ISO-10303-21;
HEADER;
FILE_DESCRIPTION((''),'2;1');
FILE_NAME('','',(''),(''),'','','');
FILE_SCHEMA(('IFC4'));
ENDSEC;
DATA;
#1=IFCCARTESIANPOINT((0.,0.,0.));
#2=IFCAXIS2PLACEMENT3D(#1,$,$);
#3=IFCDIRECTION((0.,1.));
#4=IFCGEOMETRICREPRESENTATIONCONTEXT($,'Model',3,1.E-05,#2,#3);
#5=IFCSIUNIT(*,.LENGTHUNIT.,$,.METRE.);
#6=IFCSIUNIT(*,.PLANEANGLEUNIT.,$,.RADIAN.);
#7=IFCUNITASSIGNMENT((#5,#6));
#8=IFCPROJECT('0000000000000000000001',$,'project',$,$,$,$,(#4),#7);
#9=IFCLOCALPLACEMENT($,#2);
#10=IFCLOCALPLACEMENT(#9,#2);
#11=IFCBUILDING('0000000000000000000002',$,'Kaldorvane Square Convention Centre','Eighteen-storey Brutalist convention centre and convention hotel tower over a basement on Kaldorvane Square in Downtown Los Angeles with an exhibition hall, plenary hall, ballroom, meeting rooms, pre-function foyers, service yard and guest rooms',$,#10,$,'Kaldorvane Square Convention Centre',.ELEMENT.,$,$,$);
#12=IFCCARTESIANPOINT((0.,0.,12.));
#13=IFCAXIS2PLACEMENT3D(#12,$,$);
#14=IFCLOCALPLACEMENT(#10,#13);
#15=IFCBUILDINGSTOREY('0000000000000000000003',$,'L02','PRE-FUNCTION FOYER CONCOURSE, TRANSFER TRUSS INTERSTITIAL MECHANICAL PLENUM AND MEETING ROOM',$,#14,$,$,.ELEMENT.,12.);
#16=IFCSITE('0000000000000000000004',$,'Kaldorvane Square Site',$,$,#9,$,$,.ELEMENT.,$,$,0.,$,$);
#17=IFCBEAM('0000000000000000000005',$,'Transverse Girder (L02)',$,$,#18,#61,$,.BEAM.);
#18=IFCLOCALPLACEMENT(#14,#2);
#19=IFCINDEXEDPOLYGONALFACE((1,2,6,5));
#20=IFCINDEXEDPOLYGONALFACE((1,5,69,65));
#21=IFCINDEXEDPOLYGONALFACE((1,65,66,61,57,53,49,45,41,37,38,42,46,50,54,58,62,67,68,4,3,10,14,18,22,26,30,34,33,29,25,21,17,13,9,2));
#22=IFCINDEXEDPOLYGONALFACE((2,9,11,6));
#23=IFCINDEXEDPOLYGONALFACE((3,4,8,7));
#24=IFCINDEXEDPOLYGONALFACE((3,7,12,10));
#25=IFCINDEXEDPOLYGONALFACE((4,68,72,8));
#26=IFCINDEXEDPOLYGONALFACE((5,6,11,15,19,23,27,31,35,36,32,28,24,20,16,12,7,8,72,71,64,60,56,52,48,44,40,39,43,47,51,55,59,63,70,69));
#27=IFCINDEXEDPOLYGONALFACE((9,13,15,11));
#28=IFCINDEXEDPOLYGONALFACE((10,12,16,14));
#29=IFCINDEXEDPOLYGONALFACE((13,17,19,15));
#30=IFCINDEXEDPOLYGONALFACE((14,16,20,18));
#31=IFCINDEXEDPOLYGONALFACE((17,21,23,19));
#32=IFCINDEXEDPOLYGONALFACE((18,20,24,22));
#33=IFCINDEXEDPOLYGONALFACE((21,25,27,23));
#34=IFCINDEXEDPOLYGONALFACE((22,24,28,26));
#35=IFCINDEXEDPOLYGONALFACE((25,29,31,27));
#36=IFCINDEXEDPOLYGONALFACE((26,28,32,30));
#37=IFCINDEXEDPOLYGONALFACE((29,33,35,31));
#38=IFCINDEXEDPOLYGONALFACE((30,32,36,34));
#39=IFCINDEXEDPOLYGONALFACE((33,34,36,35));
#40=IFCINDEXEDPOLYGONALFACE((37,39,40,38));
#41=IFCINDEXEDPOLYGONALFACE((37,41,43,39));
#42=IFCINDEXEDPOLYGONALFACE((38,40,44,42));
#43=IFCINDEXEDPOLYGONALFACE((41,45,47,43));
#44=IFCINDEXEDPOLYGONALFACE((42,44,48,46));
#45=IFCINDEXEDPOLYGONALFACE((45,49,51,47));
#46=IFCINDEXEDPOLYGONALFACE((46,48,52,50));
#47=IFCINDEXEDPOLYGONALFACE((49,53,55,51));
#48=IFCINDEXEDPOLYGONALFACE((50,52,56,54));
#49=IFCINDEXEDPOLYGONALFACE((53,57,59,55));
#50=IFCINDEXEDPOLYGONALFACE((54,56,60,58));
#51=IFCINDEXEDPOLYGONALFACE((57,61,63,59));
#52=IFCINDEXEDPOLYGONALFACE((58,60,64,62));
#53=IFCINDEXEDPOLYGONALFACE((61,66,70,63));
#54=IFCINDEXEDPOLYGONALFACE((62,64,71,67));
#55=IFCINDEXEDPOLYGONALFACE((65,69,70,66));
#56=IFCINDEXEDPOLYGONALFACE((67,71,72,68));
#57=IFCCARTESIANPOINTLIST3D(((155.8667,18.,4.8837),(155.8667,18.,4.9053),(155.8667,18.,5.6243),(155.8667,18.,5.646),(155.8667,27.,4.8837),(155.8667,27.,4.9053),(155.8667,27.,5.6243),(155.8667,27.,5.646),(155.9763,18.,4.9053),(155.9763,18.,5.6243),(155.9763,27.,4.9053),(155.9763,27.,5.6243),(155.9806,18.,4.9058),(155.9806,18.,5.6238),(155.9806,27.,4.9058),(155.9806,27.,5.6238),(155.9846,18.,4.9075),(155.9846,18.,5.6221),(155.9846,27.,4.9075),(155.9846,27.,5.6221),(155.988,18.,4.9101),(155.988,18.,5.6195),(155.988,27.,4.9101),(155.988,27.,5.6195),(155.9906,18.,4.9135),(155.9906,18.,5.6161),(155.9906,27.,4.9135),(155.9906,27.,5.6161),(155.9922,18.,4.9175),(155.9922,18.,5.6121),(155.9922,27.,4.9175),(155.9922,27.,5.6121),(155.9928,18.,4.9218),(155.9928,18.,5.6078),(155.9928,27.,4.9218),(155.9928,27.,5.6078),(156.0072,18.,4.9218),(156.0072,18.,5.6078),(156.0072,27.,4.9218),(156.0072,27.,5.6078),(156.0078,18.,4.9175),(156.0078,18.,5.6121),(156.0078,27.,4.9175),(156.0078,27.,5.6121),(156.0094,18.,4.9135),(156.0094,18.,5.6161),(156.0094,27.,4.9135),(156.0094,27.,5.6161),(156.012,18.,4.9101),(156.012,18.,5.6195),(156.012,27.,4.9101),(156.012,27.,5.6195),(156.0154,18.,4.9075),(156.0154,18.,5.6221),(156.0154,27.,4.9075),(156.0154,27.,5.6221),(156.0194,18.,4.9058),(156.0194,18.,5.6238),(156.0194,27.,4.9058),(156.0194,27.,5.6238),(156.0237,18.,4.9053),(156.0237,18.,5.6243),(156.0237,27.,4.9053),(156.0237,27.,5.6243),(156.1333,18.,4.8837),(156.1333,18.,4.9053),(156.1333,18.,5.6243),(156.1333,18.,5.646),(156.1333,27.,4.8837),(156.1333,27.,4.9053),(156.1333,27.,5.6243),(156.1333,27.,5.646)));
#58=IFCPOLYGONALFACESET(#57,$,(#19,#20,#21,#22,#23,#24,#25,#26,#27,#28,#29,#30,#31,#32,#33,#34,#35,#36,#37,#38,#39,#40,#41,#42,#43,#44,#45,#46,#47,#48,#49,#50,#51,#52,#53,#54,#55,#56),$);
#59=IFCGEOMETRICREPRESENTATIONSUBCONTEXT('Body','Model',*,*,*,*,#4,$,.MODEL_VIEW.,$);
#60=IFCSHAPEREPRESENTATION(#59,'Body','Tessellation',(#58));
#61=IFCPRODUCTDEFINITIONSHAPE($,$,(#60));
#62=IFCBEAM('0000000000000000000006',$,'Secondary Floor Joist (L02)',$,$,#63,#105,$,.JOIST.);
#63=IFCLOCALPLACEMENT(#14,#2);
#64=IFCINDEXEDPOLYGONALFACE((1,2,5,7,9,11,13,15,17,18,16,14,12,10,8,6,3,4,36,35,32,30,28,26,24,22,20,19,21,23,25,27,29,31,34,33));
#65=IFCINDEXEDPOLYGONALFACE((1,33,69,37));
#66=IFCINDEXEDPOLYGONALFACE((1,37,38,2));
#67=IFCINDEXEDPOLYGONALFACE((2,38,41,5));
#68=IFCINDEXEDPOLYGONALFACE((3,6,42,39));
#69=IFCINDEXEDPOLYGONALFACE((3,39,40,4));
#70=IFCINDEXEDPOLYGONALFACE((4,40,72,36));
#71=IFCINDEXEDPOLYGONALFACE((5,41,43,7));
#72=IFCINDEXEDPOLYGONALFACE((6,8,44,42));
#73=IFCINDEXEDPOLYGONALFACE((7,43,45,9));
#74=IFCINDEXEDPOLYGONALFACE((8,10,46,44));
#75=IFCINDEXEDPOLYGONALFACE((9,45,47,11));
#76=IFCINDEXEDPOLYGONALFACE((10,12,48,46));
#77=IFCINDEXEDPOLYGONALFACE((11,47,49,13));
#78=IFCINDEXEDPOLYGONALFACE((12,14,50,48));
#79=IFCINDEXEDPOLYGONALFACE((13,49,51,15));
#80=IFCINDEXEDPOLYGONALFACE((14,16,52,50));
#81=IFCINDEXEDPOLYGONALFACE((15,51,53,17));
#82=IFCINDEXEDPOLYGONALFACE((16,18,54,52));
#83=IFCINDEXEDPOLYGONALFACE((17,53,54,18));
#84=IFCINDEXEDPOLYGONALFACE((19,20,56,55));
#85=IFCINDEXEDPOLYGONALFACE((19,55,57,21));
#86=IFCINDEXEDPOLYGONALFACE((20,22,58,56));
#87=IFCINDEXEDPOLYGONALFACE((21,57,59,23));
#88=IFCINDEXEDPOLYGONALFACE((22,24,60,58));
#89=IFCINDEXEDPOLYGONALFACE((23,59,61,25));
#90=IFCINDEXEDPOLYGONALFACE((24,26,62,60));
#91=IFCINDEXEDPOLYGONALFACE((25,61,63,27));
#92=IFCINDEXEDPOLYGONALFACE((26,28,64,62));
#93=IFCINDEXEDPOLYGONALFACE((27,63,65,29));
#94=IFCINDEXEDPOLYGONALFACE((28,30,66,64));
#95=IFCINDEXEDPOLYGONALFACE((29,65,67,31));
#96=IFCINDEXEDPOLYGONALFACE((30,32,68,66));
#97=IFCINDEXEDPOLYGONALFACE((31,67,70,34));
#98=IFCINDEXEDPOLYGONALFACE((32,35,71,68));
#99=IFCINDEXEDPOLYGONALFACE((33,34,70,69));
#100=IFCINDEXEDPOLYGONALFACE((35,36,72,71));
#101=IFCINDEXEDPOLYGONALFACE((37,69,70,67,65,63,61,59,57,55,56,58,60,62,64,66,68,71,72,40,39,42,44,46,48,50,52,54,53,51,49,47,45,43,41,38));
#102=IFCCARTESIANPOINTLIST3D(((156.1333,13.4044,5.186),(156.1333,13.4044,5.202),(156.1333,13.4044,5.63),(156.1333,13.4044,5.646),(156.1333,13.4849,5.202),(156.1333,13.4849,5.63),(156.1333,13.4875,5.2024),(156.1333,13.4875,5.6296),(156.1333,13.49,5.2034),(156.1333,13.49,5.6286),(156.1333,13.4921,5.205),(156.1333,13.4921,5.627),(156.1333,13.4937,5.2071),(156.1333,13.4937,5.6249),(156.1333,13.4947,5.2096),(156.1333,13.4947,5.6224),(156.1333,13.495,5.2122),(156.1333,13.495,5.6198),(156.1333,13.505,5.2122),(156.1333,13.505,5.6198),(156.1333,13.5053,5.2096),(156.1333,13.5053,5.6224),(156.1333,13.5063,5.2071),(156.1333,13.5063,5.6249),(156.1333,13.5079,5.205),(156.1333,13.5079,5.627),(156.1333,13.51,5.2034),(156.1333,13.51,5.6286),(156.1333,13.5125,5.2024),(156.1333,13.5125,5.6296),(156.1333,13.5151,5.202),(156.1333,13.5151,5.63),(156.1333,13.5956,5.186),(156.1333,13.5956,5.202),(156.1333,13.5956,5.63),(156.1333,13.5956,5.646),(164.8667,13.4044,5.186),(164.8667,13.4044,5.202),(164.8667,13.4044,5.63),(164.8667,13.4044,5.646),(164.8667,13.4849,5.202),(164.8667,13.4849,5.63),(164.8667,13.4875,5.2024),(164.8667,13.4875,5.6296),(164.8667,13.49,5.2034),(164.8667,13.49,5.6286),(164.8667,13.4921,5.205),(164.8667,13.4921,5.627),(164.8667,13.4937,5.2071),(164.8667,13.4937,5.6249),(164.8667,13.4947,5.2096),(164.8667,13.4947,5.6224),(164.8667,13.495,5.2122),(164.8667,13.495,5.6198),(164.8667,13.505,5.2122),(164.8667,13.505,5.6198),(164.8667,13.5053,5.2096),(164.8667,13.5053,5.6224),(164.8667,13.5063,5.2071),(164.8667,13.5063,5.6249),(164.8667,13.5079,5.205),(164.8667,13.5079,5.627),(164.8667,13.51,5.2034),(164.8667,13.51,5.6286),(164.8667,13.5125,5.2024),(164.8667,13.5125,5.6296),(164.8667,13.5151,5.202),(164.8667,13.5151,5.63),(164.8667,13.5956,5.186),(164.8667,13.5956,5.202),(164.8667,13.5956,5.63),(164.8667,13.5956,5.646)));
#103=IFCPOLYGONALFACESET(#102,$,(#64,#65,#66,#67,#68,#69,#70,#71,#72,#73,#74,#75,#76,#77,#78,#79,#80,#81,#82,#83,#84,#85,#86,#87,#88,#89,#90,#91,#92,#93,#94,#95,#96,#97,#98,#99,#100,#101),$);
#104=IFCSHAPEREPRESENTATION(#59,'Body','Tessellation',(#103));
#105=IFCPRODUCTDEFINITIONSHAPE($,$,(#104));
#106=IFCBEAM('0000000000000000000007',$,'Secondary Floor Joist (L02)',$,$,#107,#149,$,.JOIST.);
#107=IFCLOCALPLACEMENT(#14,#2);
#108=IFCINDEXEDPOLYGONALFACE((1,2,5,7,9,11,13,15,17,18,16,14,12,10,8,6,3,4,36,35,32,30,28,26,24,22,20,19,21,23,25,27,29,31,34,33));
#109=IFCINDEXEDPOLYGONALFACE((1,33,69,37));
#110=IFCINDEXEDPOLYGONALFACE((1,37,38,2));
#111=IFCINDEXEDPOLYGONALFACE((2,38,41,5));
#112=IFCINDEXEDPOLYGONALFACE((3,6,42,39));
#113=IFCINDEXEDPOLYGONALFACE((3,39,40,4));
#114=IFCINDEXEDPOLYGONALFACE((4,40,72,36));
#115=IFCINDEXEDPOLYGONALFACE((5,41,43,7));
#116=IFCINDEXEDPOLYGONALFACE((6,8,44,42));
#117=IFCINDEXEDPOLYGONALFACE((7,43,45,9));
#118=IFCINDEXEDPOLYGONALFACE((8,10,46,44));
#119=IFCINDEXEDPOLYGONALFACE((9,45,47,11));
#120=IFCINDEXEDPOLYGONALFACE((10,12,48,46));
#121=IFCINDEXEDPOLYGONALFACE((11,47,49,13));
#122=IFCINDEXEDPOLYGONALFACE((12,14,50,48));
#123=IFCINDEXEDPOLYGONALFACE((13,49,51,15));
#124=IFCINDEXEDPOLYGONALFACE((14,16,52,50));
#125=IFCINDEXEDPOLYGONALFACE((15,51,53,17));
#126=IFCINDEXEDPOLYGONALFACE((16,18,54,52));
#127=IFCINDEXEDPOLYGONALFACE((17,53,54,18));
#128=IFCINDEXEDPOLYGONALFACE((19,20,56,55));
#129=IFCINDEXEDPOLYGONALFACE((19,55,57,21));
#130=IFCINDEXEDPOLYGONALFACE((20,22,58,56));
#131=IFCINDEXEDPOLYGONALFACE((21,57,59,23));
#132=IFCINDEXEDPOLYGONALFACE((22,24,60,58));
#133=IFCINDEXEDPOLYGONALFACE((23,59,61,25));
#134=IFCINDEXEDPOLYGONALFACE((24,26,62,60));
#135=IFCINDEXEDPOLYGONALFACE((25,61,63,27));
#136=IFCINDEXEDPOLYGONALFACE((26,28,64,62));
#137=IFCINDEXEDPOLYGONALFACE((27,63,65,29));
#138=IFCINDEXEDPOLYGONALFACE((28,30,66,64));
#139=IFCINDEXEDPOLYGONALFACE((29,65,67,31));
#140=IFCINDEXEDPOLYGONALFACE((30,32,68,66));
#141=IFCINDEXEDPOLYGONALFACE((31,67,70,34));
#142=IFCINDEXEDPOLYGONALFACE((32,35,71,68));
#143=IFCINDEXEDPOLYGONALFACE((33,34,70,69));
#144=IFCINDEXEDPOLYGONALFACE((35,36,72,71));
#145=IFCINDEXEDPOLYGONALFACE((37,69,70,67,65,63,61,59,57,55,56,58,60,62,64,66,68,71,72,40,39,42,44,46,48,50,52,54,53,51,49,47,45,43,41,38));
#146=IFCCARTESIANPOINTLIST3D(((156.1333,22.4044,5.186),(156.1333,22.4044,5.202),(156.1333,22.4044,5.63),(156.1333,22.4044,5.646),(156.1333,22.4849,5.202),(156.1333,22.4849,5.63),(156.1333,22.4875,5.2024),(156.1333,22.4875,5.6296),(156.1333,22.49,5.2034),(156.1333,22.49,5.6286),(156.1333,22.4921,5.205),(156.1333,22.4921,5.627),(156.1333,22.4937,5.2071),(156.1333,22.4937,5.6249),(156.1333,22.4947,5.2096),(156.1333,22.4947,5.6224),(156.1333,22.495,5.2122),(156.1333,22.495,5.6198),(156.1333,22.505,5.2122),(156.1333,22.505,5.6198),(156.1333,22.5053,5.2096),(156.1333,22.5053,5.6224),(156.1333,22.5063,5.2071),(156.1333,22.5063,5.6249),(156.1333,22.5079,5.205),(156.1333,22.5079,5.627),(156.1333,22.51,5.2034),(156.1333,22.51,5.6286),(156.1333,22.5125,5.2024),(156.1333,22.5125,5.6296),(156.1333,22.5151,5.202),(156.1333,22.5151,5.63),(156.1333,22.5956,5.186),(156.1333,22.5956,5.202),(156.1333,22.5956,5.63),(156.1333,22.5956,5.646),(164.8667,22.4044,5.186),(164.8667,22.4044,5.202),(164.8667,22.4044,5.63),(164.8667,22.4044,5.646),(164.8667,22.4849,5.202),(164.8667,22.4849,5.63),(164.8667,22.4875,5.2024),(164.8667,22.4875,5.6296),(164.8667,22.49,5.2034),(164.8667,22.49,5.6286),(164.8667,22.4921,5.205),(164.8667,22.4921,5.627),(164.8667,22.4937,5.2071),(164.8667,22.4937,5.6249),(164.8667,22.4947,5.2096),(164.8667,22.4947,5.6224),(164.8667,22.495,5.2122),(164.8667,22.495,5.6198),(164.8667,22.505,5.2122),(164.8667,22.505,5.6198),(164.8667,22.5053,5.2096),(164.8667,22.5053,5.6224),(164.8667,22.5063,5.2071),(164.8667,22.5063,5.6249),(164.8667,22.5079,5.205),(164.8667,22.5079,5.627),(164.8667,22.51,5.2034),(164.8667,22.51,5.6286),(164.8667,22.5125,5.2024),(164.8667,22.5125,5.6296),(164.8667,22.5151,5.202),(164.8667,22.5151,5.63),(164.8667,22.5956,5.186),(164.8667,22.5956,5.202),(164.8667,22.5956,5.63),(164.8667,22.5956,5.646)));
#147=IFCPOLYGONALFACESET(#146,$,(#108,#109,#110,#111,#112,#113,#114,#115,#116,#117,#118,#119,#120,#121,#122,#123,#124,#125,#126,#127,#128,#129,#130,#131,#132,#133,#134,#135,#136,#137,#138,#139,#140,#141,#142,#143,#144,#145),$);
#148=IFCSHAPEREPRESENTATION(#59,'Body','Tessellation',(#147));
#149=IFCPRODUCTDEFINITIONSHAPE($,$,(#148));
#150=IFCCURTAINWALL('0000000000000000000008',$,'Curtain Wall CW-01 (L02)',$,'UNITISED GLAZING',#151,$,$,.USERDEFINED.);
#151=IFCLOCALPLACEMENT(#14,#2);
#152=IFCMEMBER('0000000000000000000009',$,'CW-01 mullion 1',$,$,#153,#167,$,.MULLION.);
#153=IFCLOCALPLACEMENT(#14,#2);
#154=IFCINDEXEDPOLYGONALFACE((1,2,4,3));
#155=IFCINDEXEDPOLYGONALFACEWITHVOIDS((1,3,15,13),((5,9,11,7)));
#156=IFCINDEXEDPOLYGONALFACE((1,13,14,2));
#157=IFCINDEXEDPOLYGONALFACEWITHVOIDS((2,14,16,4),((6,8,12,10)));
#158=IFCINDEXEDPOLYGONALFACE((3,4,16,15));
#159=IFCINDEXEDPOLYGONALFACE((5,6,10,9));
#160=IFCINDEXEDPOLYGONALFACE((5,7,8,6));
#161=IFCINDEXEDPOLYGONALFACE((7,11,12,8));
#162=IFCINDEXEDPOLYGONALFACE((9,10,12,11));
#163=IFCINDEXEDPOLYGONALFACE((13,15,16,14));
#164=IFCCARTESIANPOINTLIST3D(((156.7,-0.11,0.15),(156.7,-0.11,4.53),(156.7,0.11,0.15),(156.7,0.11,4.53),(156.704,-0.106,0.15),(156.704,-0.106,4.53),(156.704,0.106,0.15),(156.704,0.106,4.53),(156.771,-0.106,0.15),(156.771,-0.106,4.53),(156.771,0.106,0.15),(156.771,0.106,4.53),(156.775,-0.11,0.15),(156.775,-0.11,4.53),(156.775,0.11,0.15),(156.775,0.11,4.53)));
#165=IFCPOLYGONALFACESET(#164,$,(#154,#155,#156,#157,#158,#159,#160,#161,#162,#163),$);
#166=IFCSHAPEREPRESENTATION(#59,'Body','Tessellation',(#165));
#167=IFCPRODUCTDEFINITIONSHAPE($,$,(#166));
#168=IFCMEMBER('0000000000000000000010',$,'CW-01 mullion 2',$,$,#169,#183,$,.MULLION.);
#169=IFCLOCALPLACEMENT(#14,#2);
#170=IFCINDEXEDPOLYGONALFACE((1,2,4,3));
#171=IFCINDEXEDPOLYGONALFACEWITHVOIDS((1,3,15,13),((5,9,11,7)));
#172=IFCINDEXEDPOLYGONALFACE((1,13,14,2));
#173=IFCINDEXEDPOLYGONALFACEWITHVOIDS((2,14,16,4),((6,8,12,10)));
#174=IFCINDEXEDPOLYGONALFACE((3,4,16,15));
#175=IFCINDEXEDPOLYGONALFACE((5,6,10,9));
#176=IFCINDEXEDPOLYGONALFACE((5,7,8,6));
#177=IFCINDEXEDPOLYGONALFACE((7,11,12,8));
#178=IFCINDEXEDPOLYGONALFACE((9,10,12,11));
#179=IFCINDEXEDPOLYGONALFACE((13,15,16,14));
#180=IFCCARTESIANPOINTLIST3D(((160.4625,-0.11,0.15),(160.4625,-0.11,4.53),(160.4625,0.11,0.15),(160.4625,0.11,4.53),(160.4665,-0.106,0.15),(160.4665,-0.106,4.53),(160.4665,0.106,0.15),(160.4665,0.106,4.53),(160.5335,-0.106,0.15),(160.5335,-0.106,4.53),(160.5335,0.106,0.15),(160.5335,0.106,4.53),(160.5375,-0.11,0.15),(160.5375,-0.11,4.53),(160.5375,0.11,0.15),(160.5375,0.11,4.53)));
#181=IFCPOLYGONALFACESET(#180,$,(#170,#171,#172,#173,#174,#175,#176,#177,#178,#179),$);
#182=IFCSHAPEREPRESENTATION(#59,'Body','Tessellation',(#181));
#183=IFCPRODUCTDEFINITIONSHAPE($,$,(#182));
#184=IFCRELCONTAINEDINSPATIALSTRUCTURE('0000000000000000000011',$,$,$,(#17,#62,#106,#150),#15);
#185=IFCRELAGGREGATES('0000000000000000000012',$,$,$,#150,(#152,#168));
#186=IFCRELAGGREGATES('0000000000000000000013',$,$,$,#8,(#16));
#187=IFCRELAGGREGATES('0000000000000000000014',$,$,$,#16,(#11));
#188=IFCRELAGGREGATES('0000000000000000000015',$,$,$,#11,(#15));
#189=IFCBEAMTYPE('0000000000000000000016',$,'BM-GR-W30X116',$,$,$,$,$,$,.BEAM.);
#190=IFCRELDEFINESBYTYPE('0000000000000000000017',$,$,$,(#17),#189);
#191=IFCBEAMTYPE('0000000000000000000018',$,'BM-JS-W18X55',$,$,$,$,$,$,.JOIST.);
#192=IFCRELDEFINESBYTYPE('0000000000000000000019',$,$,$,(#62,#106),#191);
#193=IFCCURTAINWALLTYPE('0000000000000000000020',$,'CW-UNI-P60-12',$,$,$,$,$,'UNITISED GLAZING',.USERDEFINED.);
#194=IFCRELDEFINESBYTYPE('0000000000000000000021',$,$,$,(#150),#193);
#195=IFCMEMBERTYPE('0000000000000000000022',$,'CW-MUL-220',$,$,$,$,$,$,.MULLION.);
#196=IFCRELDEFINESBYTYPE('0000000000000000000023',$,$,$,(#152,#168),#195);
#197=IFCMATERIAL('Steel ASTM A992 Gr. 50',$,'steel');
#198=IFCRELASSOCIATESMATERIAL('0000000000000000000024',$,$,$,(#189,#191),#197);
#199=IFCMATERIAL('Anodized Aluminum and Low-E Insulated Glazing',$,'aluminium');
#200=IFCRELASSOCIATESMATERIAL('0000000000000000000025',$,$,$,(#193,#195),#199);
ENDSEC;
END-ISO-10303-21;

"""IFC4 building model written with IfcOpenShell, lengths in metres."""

from ifc_helpers import new_model, si_unit, direction, frame, origin, origin_2d, place, context, subcontext, project, spatial, hollow_rectangle, i_section, extrude, material, material_profile, profile_set, type_object, element, aggregate, save


model = new_model("IFC4")

# Units and contexts
model_context = context("Model", 3, precision=1e-05, world=origin(), true_north=direction((0.0, 1.0)))
body_context = subcontext(model_context, "Body", "Model", "MODEL_VIEW")
ifc_project = project(units=[si_unit("LENGTHUNIT", "METRE"), si_unit("PLANEANGLEUNIT", "RADIAN")], contexts=[model_context])

# Site, building, storey
site_placement = place(None, origin())
site = spatial("IfcSite", under=ifc_project, at=site_placement, Name="Kaldorvane Square Site", CompositionType="ELEMENT", RefElevation=0.0)
building_placement = place(site_placement, origin())
building = spatial("IfcBuilding", under=site, at=building_placement, Name="Kaldorvane Square Convention Centre", Description="Eighteen-storey Brutalist convention centre and convention hotel tower over a basement on Kaldorvane Square in Downtown Los Angeles with an exhibition hall, plenary hall, ballroom, meeting rooms, pre-function foyers, service yard and guest rooms", LongName="Kaldorvane Square Convention Centre", CompositionType="ELEMENT")
storey_placement = place(building_placement, frame((0.0, 0.0, 12.0)))
storey = spatial("IfcBuildingStorey", under=building, at=storey_placement, Name="L02", Description="PRE-FUNCTION FOYER CONCOURSE, TRANSFER TRUSS INTERSTITIAL MECHANICAL PLENUM AND MEETING ROOM", CompositionType="ELEMENT", Elevation=12.0)

# Shared definitions
ifc_material_1 = material(Name="Steel ASTM A992 Gr. 50", Category="steel")

# Beams
ifc_material_profile_1 = material_profile(ifc_material_1, i_section(OverallWidth=0.2666, OverallDepth=0.7623, WebThickness=0.0144, FlangeThickness=0.0216, FilletRadius=0.0165, at=origin_2d()), Name="W30X116")
ifc_profile_set_1 = profile_set([ifc_material_profile_1], Name="Steel ASTM A992 Gr. 50")
beam_type_1 = type_object("IfcBeamType", Name="BM-GR-W30X116", PredefinedType="BEAM", material=ifc_profile_set_1)
for number, where, z_axis, x_axis, name in (
    (1, (156.0, 18.0, 5.2648), (0.0, 1.0, 0.0), (-1.0, 0.0, 0.0), "Transverse Girder (L02)"),
):
    element("IfcBeam", number, at=place(storey_placement, frame(where, z_axis=z_axis, x_axis=x_axis)), inside=storey, type_object=beam_type_1, Name=name, PredefinedType="BEAM", context=body_context, shape_type="SweptSolid", body=[
        extrude(i_section(OverallWidth=0.2666, OverallDepth=0.7623, WebThickness=0.0144, FlangeThickness=0.0216, FilletRadius=0.0165, at=origin_2d()), origin(), (0.0, 0.0, 1.0), 9.0),
    ])
ifc_material_profile_2 = material_profile(ifc_material_1, i_section(OverallWidth=0.1913, OverallDepth=0.46, WebThickness=0.0099, FlangeThickness=0.016, FilletRadius=0.0102, at=origin_2d()), Name="W18X55")
ifc_profile_set_2 = profile_set([ifc_material_profile_2], Name="Steel ASTM A992 Gr. 50")
beam_type_2 = type_object("IfcBeamType", Name="BM-JS-W18X55", PredefinedType="JOIST", material=ifc_profile_set_2)
for number, where, z_axis, x_axis, name in (
    (2, (156.1333, 13.5, 5.416), (1.0, 0.0, 0.0), (0.0, 1.0, 0.0), "Secondary Floor Joist (L02)"),
    (3, (156.1333, 22.5, 5.416), (1.0, 0.0, 0.0), (0.0, 1.0, 0.0), "Secondary Floor Joist (L02)"),
):
    element("IfcBeam", number, at=place(storey_placement, frame(where, z_axis=z_axis, x_axis=x_axis)), inside=storey, type_object=beam_type_2, Name=name, PredefinedType="JOIST", context=body_context, shape_type="SweptSolid", body=[
        extrude(i_section(OverallWidth=0.1913, OverallDepth=0.46, WebThickness=0.0099, FlangeThickness=0.016, FilletRadius=0.0102, at=origin_2d()), origin(), (0.0, 0.0, 1.0), 8.7334),
    ])

# Curtain wall, members
ifc_material_2 = material(Name="Anodized Aluminum and Low-E Insulated Glazing", Category="aluminium")
curtain_wall_type = type_object("IfcCurtainWallType", Name="CW-UNI-P60-12", ElementType="UNITISED GLAZING", PredefinedType="USERDEFINED", material=ifc_material_2)
curtain_wall_placement = place(storey_placement, origin())
curtain_wall = element("IfcCurtainWall", 4, at=curtain_wall_placement, inside=storey, type_object=curtain_wall_type, Name="Curtain Wall CW-01 (L02)", ObjectType="UNITISED GLAZING", PredefinedType="USERDEFINED")
ifc_material_profile_3 = material_profile(ifc_material_2, hollow_rectangle(XDim=0.075, YDim=0.22, WallThickness=0.004, at=origin_2d()), Name="CWM-220X75")
ifc_profile_set_3 = profile_set([ifc_material_profile_3], Name="Anodized Aluminum and Low-E Insulated Glazing")
member_type_1 = type_object("IfcMemberType", Name="CW-MUL-220", PredefinedType="MULLION", material=ifc_profile_set_3)
member_1_placement = place(storey_placement, frame((156.7375, 0.0, 0.15), z_axis=(0.0, 0.0, 1.0), x_axis=(1.0, 0.0, 0.0)))
member_1 = element("IfcMember", 5, at=member_1_placement, type_object=member_type_1, Name="CW-01 mullion 1", PredefinedType="MULLION", context=body_context, shape_type="SweptSolid", body=[
    extrude(hollow_rectangle(XDim=0.075, YDim=0.22, WallThickness=0.004, at=origin_2d()), origin(), (0.0, 0.0, 1.0), 4.38),
])
member_2_placement = place(storey_placement, frame((160.5, 0.0, 0.15), z_axis=(0.0, 0.0, 1.0), x_axis=(1.0, 0.0, 0.0)))
member_2 = element("IfcMember", 6, at=member_2_placement, type_object=member_type_1, Name="CW-01 mullion 2", PredefinedType="MULLION", context=body_context, shape_type="SweptSolid", body=[
    extrude(hollow_rectangle(XDim=0.075, YDim=0.22, WallThickness=0.004, at=origin_2d()), origin(), (0.0, 0.0, 1.0), 4.38),
])
aggregate(curtain_wall, [member_1, member_2])

save(model, "model.ifc")
